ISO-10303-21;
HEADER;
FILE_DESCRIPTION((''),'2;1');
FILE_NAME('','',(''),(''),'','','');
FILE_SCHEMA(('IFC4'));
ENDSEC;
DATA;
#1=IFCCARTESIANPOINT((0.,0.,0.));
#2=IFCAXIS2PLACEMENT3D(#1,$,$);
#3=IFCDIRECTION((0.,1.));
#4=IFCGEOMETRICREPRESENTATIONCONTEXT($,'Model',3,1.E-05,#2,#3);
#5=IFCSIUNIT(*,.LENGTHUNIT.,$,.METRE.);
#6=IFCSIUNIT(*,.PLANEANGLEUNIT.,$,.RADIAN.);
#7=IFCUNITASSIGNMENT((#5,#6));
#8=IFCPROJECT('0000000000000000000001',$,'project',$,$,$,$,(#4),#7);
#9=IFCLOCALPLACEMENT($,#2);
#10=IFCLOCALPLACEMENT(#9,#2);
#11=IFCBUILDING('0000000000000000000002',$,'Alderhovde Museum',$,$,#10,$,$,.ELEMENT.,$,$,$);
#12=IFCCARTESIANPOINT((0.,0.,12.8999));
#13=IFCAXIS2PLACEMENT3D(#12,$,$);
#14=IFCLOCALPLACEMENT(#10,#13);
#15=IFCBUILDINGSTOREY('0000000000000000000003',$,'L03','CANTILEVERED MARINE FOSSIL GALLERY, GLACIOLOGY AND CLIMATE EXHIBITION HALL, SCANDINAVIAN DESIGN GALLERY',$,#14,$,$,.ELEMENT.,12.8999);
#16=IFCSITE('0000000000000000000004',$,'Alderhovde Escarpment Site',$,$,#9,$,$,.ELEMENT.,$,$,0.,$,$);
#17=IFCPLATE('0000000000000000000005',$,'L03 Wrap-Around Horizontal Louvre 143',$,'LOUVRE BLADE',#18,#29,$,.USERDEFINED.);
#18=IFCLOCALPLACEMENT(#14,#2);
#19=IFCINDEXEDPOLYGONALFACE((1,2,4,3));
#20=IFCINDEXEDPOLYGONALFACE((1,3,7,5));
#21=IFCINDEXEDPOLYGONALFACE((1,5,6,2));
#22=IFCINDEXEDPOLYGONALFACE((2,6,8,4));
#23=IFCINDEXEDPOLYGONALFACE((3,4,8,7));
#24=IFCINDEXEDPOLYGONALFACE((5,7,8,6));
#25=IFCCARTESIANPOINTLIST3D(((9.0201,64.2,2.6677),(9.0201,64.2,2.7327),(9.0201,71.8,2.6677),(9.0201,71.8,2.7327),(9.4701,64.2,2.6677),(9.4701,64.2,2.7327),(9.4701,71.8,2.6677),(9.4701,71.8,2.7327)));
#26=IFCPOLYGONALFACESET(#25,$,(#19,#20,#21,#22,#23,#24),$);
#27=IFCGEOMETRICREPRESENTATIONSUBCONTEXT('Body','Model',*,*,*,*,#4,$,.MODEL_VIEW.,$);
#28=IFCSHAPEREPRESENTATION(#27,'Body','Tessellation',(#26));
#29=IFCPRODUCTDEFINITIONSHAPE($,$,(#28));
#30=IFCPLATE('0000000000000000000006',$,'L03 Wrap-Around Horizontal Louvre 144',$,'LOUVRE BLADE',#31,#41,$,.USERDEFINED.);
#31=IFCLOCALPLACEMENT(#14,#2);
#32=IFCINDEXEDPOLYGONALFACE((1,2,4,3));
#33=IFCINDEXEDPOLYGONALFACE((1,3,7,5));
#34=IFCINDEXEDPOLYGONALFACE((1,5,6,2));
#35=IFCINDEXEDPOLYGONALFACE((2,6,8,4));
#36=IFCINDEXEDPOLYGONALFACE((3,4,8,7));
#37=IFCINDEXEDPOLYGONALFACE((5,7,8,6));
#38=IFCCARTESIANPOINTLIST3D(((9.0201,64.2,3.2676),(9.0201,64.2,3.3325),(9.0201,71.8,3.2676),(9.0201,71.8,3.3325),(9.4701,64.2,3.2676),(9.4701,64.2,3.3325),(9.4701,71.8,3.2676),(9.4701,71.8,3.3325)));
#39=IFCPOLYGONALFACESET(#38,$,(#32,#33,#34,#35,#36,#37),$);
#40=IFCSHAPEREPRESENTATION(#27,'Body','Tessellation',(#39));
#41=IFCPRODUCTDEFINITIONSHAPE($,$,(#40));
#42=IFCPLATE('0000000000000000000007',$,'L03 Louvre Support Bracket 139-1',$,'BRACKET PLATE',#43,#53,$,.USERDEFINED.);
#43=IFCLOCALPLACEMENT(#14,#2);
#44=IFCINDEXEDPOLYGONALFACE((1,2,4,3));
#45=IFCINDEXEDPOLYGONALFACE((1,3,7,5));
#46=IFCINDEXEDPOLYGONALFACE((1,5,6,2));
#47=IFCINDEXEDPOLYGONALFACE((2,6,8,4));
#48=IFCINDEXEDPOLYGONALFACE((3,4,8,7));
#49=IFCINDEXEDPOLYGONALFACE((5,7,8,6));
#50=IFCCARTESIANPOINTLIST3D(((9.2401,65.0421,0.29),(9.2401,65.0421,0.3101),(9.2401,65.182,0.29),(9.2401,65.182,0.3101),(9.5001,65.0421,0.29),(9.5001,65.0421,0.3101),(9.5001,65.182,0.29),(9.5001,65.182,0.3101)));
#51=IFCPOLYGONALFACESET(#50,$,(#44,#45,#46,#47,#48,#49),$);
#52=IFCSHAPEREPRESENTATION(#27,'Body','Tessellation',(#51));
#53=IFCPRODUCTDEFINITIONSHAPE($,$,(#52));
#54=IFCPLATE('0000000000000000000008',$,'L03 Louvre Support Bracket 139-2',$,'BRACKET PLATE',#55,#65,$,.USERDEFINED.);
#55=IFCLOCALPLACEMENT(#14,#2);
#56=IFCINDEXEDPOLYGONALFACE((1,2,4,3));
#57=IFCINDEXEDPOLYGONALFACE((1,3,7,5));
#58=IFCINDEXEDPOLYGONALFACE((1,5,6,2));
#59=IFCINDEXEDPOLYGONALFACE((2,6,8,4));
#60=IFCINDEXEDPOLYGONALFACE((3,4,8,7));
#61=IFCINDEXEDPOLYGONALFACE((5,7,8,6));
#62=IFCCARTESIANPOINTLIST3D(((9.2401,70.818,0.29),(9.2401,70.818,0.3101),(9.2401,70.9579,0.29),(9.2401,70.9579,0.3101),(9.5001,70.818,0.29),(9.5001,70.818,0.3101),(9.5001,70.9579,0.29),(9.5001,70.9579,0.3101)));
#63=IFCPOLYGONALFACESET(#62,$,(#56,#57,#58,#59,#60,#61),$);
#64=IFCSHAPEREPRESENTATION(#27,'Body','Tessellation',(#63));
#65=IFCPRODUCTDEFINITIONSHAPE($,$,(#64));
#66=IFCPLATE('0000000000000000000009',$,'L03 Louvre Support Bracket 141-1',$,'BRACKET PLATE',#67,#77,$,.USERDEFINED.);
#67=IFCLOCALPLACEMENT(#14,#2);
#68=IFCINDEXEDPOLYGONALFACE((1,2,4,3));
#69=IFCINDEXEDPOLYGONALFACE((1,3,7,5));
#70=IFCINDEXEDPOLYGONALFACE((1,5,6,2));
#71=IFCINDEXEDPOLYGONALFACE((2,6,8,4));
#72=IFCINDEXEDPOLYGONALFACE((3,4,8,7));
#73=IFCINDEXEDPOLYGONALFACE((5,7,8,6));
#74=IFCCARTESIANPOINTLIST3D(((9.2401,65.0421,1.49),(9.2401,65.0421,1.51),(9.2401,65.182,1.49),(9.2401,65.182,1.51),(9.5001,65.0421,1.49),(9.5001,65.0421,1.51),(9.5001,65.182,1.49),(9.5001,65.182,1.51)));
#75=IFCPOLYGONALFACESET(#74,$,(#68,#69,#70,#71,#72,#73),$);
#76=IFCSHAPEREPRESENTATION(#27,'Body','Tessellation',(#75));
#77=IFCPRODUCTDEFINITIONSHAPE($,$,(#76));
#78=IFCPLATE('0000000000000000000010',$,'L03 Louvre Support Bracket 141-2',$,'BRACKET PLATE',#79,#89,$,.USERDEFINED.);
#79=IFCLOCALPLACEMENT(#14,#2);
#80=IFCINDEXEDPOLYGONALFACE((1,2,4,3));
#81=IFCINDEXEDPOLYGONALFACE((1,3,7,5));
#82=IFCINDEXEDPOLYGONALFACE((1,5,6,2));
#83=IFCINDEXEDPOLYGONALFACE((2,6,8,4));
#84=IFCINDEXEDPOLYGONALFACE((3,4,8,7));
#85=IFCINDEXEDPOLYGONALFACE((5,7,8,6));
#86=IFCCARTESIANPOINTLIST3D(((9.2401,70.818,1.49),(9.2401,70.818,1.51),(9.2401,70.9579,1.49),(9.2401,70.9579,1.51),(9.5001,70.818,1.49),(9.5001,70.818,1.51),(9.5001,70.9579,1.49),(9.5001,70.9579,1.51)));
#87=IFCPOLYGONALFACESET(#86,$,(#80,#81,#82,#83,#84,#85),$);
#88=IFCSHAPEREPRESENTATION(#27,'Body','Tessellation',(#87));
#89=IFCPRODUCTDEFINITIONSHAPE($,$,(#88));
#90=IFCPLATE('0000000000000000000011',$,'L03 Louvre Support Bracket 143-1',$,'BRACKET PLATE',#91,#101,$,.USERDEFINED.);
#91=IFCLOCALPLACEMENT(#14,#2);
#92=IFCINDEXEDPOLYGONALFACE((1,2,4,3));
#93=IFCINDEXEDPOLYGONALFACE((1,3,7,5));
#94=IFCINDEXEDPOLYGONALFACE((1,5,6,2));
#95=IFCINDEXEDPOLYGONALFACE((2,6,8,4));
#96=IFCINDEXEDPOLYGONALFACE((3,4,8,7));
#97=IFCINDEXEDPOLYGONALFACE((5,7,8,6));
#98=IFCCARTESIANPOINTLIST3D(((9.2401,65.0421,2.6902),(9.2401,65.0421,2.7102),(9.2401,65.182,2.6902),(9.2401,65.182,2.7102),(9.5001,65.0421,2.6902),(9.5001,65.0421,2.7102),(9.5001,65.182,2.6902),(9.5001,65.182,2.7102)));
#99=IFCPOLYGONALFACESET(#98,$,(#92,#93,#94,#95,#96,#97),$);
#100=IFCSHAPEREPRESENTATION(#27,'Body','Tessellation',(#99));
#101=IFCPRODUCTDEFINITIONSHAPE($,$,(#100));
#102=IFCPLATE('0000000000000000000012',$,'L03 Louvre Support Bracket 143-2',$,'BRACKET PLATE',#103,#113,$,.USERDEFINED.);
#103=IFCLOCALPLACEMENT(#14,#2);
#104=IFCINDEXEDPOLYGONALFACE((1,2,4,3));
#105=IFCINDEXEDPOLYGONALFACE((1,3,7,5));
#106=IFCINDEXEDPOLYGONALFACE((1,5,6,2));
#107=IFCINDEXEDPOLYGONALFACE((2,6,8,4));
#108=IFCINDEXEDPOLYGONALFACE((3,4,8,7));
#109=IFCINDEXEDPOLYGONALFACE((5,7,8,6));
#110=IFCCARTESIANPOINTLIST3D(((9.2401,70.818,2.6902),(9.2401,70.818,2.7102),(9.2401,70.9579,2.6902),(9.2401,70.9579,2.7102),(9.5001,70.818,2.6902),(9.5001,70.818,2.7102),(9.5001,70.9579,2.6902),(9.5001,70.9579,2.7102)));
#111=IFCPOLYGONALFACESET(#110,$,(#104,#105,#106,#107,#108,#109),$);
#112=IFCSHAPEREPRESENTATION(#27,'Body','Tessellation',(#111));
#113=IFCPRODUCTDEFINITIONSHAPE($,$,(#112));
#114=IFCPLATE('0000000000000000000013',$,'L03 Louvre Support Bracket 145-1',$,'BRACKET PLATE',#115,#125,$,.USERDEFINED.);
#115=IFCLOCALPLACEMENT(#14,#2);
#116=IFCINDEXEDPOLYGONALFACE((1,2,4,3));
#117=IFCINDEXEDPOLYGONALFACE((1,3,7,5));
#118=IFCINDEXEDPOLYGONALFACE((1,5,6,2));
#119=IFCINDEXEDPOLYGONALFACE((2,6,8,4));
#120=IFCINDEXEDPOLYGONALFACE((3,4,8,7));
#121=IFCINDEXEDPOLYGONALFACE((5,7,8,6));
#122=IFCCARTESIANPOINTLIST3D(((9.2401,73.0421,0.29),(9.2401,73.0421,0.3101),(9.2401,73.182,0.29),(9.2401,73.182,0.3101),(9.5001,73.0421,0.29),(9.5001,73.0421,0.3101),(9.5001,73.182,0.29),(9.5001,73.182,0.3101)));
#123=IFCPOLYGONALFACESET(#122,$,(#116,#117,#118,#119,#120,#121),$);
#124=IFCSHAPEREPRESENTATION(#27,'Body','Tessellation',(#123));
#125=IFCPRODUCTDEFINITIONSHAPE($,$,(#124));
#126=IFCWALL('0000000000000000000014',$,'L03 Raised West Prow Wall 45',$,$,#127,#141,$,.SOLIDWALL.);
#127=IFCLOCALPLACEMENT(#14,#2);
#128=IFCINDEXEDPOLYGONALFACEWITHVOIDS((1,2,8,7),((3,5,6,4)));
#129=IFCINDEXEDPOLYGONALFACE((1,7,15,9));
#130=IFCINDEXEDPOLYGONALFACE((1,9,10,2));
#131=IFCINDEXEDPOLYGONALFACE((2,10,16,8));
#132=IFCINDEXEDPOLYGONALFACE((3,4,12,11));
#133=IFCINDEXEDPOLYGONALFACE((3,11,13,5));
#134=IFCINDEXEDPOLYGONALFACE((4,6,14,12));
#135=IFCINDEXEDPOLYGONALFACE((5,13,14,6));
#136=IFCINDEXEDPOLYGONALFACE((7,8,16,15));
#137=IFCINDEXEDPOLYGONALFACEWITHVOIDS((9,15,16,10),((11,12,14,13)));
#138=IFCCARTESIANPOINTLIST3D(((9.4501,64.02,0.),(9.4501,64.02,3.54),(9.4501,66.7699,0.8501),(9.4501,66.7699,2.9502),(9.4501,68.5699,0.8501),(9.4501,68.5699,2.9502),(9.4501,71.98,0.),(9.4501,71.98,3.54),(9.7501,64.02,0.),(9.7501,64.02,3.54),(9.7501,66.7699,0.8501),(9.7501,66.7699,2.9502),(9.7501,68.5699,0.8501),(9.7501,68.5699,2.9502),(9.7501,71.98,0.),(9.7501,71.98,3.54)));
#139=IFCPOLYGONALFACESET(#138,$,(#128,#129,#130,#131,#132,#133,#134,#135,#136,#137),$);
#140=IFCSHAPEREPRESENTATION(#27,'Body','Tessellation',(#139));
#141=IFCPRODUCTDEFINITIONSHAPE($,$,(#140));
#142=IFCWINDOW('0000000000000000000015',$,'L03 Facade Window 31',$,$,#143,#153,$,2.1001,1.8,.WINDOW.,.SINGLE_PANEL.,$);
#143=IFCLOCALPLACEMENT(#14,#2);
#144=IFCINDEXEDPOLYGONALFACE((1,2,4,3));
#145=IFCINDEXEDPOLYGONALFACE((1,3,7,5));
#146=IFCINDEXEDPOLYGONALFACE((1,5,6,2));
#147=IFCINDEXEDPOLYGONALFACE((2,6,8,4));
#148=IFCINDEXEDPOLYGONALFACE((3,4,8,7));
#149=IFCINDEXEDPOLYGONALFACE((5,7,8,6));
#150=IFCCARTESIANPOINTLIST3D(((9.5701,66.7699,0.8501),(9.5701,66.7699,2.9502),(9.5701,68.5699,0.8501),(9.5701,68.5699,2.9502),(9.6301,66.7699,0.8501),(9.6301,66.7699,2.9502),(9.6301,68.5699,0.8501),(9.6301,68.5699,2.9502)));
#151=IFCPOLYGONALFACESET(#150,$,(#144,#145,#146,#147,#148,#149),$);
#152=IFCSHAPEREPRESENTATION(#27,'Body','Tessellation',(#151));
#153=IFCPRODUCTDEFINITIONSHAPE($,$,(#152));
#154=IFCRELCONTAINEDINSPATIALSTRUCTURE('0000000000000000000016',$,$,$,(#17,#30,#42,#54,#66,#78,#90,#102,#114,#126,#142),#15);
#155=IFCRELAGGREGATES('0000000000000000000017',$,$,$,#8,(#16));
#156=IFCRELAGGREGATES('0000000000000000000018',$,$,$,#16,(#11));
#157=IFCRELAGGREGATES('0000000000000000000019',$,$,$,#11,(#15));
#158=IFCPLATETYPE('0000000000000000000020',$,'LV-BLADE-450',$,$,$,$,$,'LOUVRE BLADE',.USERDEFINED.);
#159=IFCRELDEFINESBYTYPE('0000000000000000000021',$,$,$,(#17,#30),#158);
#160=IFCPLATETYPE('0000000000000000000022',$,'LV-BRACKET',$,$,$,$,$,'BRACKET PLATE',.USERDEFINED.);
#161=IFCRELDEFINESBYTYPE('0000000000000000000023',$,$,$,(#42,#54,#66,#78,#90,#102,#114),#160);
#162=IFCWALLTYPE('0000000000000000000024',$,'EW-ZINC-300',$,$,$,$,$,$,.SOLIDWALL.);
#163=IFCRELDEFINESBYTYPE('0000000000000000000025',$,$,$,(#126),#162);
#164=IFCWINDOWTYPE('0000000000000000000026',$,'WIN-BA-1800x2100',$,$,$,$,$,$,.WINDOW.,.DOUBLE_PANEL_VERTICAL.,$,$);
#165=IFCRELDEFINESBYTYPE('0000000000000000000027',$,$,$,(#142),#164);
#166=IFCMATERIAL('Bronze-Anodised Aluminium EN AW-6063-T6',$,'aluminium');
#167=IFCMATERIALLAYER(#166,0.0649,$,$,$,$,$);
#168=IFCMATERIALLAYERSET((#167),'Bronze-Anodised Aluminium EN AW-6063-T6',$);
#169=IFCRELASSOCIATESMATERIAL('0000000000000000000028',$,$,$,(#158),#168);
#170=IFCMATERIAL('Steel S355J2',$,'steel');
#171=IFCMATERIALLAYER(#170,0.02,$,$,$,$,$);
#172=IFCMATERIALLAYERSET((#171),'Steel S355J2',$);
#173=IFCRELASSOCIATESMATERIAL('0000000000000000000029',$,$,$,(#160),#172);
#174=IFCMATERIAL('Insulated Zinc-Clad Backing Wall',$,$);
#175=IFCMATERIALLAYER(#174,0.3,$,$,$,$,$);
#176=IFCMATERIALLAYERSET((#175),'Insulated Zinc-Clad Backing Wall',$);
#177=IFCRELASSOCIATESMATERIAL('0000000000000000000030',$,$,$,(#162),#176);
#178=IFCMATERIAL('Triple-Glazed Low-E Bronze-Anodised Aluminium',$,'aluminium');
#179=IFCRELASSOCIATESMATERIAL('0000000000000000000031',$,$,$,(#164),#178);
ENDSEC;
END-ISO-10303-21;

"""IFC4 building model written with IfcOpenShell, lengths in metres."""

from ifc_helpers import new_model, si_unit, direction, frame, frame_2d, origin, origin_2d, place, context, subcontext, project, spatial, rectangle, extrude, material, layer, layer_set, type_object, element, fill, save


model = new_model("IFC4")

# Units and contexts
model_context = context("Model", 3, precision=1e-05, world=origin(), true_north=direction((0.0, 1.0)))
body_context = subcontext(model_context, "Body", "Model", "MODEL_VIEW")
ifc_project = project(units=[si_unit("LENGTHUNIT", "METRE"), si_unit("PLANEANGLEUNIT", "RADIAN")], contexts=[model_context])

# Site, building, storey
site_placement = place(None, origin())
site = spatial("IfcSite", under=ifc_project, at=site_placement, Name="Alderhovde Escarpment Site", CompositionType="ELEMENT", RefElevation=0.0)
building_placement = place(site_placement, origin())
building = spatial("IfcBuilding", under=site, at=building_placement, Name="Alderhovde Museum", CompositionType="ELEMENT")
storey_placement = place(building_placement, frame((0.0, 0.0, 12.8999)))
storey = spatial("IfcBuildingStorey", under=building, at=storey_placement, Name="L03", Description="CANTILEVERED MARINE FOSSIL GALLERY, GLACIOLOGY AND CLIMATE EXHIBITION HALL, SCANDINAVIAN DESIGN GALLERY", CompositionType="ELEMENT", Elevation=12.8999)

# Plates
ifc_material_1 = material(Name="Bronze-Anodised Aluminium EN AW-6063-T6", Category="aluminium")
ifc_layer_1 = layer(ifc_material_1, 0.0649)
ifc_layer_set_1 = layer_set([ifc_layer_1], Name="Bronze-Anodised Aluminium EN AW-6063-T6")
plate_type_1 = type_object("IfcPlateType", Name="LV-BLADE-450", ElementType="LOUVRE BLADE", PredefinedType="USERDEFINED", material=ifc_layer_set_1)
for number, where, z_axis, x_axis, name in (
    (1, (9.2451, 68.0, 2.6677), (0.0, 0.0, 1.0), (0.0, 1.0, 0.0), "L03 Wrap-Around Horizontal Louvre 143"),
    (2, (9.2451, 68.0, 3.2676), (0.0, 0.0, 1.0), (0.0, 1.0, 0.0), "L03 Wrap-Around Horizontal Louvre 144"),
):
    element("IfcPlate", number, at=place(storey_placement, frame(where, z_axis=z_axis, x_axis=x_axis)), inside=storey, type_object=plate_type_1, Name=name, ObjectType="LOUVRE BLADE", PredefinedType="USERDEFINED", context=body_context, shape_type="SweptSolid", body=[
        extrude(rectangle(XDim=7.6001, YDim=0.45, at=origin_2d()), origin(), (0.0, 0.0, 1.0), 0.0649),
    ])
ifc_material_2 = material(Name="Steel S355J2", Category="steel")
ifc_layer_2 = layer(ifc_material_2, 0.02)
ifc_layer_set_2 = layer_set([ifc_layer_2], Name="Steel S355J2")
plate_type_2 = type_object("IfcPlateType", Name="LV-BRACKET", ElementType="BRACKET PLATE", PredefinedType="USERDEFINED", material=ifc_layer_set_2)
for number, where, z_axis, x_axis, name in (
    (3, (9.3701, 65.1121, 0.29), (0.0, 0.0, 1.0), (0.0, 1.0, 0.0), "L03 Louvre Support Bracket 139-1"),
    (4, (9.3701, 70.8879, 0.29), (0.0, 0.0, 1.0), (0.0, 1.0, 0.0), "L03 Louvre Support Bracket 139-2"),
    (5, (9.3701, 65.1121, 1.49), (0.0, 0.0, 1.0), (0.0, 1.0, 0.0), "L03 Louvre Support Bracket 141-1"),
    (6, (9.3701, 70.8879, 1.49), (0.0, 0.0, 1.0), (0.0, 1.0, 0.0), "L03 Louvre Support Bracket 141-2"),
    (7, (9.3701, 65.1121, 2.6902), (0.0, 0.0, 1.0), (0.0, 1.0, 0.0), "L03 Louvre Support Bracket 143-1"),
    (8, (9.3701, 70.8879, 2.6902), (0.0, 0.0, 1.0), (0.0, 1.0, 0.0), "L03 Louvre Support Bracket 143-2"),
    (9, (9.3701, 73.1121, 0.29), (0.0, 0.0, 1.0), (0.0, 1.0, 0.0), "L03 Louvre Support Bracket 145-1"),
):
    element("IfcPlate", number, at=place(storey_placement, frame(where, z_axis=z_axis, x_axis=x_axis)), inside=storey, type_object=plate_type_2, Name=name, ObjectType="BRACKET PLATE", PredefinedType="USERDEFINED", context=body_context, shape_type="SweptSolid", body=[
        extrude(rectangle(XDim=0.1399, YDim=0.26, at=origin_2d()), origin(), (0.0, 0.0, 1.0), 0.02),
    ])

# Wall, opening, window
ifc_material_3 = material(Name="Insulated Zinc-Clad Backing Wall")
ifc_layer_3 = layer(ifc_material_3, 0.3)
ifc_layer_set_3 = layer_set([ifc_layer_3], Name="Insulated Zinc-Clad Backing Wall")
wall_type = type_object("IfcWallType", Name="EW-ZINC-300", PredefinedType="SOLIDWALL", material=ifc_layer_set_3)
wall_placement = place(storey_placement, frame((9.6001, 64.02, 0.0), z_axis=(0.0, 0.0, 1.0), x_axis=(0.0, 1.0, 0.0)))
wall = element("IfcWall", 10, at=wall_placement, inside=storey, type_object=wall_type, Name="L03 Raised West Prow Wall 45", PredefinedType="SOLIDWALL", context=body_context, shape_type="SweptSolid", body=[
    extrude(rectangle(XDim=7.96, YDim=0.3, at=frame_2d((3.98, 0.0))), origin(), (0.0, 0.0, 1.0), 3.54),
])
opening_placement = place(wall_placement, frame((2.75, 0.0, 0.8501)))
opening = element("IfcOpeningElement", 11, at=opening_placement, cuts=wall, PredefinedType="OPENING", context=body_context, shape_type="SweptSolid", body=[
    extrude(rectangle(XDim=1.8, YDim=2.1001, at=frame_2d((0.8999, 1.05))), frame((0.0, 0.1599, 0.0), z_axis=(0.0, -1.0, 0.0), x_axis=(1.0, 0.0, 0.0)), (0.0, 0.0, 1.0), 0.3201),
])
ifc_material_4 = material(Name="Triple-Glazed Low-E Bronze-Anodised Aluminium", Category="aluminium")
window_type = type_object("IfcWindowType", Name="WIN-BA-1800x2100", PartitioningType="DOUBLE_PANEL_VERTICAL", PredefinedType="WINDOW", material=ifc_material_4)
window_placement = place(opening_placement, origin())
window = element("IfcWindow", 12, at=window_placement, inside=storey, type_object=window_type, Name="L03 Facade Window 31", OverallHeight=2.1001, OverallWidth=1.8, PartitioningType="SINGLE_PANEL", PredefinedType="WINDOW", context=body_context, shape_type="SweptSolid", body=[
    extrude(rectangle(XDim=1.8, YDim=2.1001, at=frame_2d((0.8999, 1.05))), frame((0.0, 0.03, 0.0), z_axis=(0.0, -1.0, 0.0), x_axis=(1.0, 0.0, 0.0)), (0.0, 0.0, 1.0), 0.0601),
])
fill(opening, window)

save(model, "model.ifc")
